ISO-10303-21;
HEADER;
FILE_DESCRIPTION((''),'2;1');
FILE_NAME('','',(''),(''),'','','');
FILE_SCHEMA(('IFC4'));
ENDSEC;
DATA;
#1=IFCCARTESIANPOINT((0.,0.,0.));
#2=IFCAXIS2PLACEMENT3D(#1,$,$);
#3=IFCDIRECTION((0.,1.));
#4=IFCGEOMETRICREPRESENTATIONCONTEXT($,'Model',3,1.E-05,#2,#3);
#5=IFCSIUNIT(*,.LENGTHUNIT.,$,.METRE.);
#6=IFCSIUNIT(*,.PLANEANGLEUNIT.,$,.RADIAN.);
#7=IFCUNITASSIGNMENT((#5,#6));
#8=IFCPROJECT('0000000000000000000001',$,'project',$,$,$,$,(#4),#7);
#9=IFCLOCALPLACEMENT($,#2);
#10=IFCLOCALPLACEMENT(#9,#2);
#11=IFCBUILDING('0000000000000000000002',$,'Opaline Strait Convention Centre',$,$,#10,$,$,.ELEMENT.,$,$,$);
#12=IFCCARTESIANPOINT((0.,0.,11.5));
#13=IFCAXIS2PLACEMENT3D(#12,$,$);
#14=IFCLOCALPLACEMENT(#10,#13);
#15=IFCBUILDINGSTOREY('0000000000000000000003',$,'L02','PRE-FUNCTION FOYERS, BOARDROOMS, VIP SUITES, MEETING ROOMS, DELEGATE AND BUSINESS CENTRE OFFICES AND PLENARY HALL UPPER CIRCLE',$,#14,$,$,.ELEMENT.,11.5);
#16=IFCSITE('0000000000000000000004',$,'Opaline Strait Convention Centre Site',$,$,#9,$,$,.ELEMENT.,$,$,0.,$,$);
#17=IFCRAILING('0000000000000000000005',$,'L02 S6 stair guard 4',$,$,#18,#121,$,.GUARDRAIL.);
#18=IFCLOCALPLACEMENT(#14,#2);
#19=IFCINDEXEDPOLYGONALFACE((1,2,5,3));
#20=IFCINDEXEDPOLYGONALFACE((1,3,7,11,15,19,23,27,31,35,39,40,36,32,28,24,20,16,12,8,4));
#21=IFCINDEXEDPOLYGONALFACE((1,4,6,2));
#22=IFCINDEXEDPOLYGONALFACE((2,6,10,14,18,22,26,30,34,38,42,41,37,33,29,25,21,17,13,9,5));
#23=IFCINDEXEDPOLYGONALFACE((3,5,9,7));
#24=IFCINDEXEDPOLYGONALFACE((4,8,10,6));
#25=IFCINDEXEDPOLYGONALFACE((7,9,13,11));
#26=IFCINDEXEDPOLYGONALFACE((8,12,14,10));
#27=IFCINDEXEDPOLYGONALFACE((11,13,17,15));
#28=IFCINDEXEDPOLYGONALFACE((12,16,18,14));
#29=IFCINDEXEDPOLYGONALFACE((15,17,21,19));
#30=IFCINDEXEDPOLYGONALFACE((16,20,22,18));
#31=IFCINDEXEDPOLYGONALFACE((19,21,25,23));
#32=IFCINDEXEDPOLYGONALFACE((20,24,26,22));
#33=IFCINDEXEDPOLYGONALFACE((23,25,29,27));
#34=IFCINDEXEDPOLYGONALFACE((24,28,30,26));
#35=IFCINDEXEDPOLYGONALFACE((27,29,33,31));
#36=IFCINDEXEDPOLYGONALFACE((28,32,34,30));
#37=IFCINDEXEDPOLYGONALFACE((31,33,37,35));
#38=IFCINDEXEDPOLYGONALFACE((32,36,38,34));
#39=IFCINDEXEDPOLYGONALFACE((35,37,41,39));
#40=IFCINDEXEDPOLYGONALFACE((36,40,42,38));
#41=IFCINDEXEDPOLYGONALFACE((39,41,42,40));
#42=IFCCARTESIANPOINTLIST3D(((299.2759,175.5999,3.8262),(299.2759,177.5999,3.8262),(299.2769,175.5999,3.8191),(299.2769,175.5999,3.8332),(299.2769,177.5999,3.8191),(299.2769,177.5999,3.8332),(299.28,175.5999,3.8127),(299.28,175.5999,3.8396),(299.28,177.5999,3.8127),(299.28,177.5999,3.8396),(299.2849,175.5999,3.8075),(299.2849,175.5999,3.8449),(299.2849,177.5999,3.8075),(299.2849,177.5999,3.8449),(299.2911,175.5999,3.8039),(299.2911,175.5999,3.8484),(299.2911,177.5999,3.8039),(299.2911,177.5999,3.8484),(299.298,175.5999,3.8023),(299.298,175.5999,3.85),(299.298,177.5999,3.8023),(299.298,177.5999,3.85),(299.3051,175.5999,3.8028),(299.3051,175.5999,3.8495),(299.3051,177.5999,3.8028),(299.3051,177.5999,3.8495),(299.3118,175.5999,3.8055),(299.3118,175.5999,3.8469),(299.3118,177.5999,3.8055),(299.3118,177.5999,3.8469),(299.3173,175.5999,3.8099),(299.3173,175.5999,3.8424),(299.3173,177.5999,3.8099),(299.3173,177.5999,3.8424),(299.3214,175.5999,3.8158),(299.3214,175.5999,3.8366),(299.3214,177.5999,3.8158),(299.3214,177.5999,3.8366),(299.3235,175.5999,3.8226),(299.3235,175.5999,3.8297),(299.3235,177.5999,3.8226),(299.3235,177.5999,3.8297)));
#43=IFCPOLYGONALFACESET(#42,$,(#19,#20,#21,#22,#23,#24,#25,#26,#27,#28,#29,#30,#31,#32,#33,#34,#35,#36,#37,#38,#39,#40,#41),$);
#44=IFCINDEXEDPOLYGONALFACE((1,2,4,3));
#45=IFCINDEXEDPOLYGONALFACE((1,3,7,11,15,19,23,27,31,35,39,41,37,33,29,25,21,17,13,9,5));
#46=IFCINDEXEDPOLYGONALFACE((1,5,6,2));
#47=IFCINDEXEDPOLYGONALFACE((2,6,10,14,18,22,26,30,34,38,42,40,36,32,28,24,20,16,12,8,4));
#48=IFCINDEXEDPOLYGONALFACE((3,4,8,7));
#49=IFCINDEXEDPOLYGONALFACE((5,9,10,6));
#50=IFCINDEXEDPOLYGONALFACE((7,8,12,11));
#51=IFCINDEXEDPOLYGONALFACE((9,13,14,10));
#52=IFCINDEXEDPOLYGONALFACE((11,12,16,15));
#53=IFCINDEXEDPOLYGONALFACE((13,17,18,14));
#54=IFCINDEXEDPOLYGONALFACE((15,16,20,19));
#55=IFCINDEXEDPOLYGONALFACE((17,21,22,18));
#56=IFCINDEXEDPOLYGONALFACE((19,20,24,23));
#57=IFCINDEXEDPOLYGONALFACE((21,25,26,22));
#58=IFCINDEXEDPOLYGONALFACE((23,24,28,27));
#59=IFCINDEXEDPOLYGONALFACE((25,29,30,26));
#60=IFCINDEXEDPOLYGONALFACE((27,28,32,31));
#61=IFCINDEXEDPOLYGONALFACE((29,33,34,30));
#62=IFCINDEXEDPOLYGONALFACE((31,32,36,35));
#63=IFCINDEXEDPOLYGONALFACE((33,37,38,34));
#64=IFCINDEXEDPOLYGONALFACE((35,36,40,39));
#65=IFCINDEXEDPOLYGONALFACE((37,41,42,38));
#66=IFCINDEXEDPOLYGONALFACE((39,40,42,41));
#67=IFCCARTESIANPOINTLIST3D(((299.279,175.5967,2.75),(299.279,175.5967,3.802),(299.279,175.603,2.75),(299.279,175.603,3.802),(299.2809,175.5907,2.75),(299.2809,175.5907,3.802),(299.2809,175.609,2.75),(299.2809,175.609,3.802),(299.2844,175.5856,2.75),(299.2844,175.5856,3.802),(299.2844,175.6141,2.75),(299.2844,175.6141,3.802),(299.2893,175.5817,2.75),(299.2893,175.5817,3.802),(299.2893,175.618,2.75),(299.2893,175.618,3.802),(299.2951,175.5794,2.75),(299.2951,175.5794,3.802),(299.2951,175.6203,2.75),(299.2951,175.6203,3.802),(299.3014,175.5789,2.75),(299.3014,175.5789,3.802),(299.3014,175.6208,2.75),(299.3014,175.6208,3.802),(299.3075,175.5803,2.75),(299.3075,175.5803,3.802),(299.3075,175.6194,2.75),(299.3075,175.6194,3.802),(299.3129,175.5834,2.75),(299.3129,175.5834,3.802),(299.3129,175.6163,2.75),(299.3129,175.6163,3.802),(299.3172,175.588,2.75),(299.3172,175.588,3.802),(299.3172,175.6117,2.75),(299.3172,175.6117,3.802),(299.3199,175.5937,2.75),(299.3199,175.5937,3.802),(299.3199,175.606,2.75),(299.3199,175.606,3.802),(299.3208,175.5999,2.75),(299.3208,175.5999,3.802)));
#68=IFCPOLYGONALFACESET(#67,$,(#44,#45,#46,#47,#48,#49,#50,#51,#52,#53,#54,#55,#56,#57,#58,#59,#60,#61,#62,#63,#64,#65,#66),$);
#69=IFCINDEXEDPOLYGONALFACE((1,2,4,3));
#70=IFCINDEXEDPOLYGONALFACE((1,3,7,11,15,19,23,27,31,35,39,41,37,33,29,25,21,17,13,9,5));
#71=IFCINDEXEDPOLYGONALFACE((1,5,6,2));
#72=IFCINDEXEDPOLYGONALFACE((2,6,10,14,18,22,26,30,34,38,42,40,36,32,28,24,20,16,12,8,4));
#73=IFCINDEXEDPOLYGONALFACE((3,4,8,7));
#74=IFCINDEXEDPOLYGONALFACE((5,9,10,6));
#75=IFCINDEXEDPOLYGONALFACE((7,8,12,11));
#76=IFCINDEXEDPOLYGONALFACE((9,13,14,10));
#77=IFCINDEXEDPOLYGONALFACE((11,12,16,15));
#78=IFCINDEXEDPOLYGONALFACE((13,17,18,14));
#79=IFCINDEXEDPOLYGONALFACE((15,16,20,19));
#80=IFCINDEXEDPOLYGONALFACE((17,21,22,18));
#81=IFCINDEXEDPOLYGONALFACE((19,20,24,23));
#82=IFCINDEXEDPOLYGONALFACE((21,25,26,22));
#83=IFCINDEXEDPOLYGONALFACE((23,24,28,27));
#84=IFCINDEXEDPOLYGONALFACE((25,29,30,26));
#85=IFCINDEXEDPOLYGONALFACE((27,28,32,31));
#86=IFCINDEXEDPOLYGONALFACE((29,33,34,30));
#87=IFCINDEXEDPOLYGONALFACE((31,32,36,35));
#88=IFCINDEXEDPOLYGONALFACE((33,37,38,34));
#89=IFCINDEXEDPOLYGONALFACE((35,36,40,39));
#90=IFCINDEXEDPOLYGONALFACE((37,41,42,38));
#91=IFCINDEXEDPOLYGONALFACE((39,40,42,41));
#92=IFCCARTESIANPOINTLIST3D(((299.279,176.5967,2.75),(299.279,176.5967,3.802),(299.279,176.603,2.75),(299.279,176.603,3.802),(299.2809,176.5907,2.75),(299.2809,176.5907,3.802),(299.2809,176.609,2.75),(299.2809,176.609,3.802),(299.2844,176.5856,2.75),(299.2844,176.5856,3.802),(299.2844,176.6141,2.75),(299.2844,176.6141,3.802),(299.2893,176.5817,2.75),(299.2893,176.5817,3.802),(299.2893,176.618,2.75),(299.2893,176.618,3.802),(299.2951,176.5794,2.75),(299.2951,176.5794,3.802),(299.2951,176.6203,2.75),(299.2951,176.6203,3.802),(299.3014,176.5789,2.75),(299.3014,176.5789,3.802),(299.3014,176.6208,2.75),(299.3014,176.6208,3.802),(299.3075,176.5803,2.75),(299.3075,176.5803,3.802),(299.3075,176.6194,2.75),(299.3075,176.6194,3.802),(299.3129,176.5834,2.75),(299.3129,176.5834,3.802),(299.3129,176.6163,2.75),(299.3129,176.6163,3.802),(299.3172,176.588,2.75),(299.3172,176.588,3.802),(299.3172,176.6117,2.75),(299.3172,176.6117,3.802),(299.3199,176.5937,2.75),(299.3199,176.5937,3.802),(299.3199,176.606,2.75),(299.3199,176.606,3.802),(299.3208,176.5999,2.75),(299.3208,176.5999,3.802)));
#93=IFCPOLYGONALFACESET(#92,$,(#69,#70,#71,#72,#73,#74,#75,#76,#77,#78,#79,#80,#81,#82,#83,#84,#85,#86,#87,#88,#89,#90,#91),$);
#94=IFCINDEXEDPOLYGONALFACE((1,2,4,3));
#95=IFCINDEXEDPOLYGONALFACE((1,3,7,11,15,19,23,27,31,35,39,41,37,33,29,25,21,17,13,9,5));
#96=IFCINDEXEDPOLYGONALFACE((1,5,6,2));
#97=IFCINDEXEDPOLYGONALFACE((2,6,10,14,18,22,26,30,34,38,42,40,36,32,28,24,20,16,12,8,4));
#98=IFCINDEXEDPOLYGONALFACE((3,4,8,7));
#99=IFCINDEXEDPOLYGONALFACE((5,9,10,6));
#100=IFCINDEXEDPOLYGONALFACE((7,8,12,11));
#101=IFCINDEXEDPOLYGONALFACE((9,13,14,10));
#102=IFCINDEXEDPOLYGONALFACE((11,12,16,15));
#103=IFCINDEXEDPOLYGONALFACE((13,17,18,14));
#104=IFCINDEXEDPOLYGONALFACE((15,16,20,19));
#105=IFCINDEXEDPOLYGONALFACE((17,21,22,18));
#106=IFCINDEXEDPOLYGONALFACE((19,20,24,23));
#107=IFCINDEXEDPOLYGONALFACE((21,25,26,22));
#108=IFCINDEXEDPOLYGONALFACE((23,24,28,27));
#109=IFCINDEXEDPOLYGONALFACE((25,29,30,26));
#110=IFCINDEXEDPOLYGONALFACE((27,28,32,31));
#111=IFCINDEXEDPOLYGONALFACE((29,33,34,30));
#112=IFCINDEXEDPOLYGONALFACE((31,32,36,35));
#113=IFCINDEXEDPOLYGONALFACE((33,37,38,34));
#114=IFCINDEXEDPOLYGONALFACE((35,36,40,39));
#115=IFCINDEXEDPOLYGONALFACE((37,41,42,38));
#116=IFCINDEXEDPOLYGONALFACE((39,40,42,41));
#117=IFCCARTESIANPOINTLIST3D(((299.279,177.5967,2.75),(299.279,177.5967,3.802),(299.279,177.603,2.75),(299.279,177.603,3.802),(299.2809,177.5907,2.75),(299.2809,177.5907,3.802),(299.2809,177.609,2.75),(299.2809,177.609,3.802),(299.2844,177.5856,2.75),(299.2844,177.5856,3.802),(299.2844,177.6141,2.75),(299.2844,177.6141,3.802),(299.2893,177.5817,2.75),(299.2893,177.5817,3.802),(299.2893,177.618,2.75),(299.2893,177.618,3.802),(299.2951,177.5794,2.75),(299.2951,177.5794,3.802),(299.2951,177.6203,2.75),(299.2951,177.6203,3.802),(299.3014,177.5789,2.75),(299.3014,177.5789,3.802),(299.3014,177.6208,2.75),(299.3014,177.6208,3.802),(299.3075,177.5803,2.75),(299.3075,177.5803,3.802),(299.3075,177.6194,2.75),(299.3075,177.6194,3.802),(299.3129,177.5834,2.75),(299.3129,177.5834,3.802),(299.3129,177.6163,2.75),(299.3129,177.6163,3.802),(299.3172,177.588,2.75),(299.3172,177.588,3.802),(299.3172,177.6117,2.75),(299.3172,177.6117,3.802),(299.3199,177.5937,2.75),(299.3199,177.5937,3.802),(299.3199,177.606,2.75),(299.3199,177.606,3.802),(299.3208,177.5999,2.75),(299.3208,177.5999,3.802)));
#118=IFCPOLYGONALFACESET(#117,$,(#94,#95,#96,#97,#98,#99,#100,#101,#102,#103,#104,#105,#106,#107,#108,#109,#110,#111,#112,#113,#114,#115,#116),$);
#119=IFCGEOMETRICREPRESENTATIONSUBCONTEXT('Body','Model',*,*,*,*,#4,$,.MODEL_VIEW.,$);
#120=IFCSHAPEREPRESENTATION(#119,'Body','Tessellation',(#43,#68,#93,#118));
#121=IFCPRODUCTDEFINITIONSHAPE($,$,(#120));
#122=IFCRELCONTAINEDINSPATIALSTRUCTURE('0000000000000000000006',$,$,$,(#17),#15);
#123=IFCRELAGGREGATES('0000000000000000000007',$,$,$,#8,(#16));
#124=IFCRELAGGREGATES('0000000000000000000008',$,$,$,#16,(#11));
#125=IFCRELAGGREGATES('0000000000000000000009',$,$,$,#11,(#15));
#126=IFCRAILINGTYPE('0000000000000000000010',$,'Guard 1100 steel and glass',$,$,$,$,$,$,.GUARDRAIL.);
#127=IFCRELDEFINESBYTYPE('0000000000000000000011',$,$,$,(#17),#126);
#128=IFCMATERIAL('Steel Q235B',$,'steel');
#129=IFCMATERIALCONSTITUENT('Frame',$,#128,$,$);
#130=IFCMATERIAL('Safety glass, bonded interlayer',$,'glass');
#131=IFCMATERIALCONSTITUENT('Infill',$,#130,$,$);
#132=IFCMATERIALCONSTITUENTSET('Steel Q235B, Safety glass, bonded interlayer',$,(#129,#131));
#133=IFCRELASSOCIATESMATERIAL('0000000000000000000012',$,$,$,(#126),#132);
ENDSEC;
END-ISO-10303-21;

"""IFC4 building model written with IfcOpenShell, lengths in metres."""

from ifc_helpers import new_model, si_unit, direction, frame, origin, origin_2d, place, context, subcontext, project, spatial, circle, extrude, material, constituent, constituent_set, type_object, element, save


model = new_model("IFC4")

# Units and contexts
model_context = context("Model", 3, precision=1e-05, world=origin(), true_north=direction((0.0, 1.0)))
body_context = subcontext(model_context, "Body", "Model", "MODEL_VIEW")
ifc_project = project(units=[si_unit("LENGTHUNIT", "METRE"), si_unit("PLANEANGLEUNIT", "RADIAN")], contexts=[model_context])

# Site, building, storey
site_placement = place(None, origin())
site = spatial("IfcSite", under=ifc_project, at=site_placement, Name="Opaline Strait Convention Centre Site", CompositionType="ELEMENT", RefElevation=0.0)
building_placement = place(site_placement, origin())
building = spatial("IfcBuilding", under=site, at=building_placement, Name="Opaline Strait Convention Centre", CompositionType="ELEMENT")
storey_placement = place(building_placement, frame((0.0, 0.0, 11.5)))
storey = spatial("IfcBuildingStorey", under=building, at=storey_placement, Name="L02", Description="PRE-FUNCTION FOYERS, BOARDROOMS, VIP SUITES, MEETING ROOMS, DELEGATE AND BUSINESS CENTRE OFFICES AND PLENARY HALL UPPER CIRCLE", CompositionType="ELEMENT", Elevation=11.5)

# Shared definitions
ifc_material_1 = material(Name="Steel Q235B", Category="steel")

# Railing
ifc_constituent_1 = constituent(ifc_material_1, Name="Frame")
ifc_material_2 = material(Name="Safety glass, bonded interlayer", Category="glass")
ifc_constituent_2 = constituent(ifc_material_2, Name="Infill")
ifc_constituent_set = constituent_set(constituents=[ifc_constituent_1, ifc_constituent_2], Name="Steel Q235B, Safety glass, bonded interlayer")
railing_type_1 = type_object("IfcRailingType", Name="Guard 1100 steel and glass", PredefinedType="GUARDRAIL", material=ifc_constituent_set)
for number, where, name in (
    (1, (299.2998, 175.5999, 2.75), "L02 S6 stair guard 4"),
):
    element("IfcRailing", number, at=place(storey_placement, frame(where)), inside=storey, type_object=railing_type_1, Name=name, PredefinedType="GUARDRAIL", context=body_context, shape_type="SweptSolid", body=[
        extrude(circle(Radius=0.0239, at=origin_2d()), frame((0.0, 0.0, 1.0762), z_axis=(0.0, 1.0, 0.0), x_axis=(-1.0, 0.0, 0.0)), (0.0, 0.0, 1.0), 2.0),
        extrude(circle(Radius=0.021, at=origin_2d()), origin(), (0.0, 0.0, 1.0), 1.052),
        extrude(circle(Radius=0.021, at=origin_2d()), frame((0.0, 1.0, 0.0)), (0.0, 0.0, 1.0), 1.052),
        extrude(circle(Radius=0.021, at=origin_2d()), frame((0.0, 2.0, 0.0)), (0.0, 0.0, 1.0), 1.052),
    ])

save(model, "model.ifc")
